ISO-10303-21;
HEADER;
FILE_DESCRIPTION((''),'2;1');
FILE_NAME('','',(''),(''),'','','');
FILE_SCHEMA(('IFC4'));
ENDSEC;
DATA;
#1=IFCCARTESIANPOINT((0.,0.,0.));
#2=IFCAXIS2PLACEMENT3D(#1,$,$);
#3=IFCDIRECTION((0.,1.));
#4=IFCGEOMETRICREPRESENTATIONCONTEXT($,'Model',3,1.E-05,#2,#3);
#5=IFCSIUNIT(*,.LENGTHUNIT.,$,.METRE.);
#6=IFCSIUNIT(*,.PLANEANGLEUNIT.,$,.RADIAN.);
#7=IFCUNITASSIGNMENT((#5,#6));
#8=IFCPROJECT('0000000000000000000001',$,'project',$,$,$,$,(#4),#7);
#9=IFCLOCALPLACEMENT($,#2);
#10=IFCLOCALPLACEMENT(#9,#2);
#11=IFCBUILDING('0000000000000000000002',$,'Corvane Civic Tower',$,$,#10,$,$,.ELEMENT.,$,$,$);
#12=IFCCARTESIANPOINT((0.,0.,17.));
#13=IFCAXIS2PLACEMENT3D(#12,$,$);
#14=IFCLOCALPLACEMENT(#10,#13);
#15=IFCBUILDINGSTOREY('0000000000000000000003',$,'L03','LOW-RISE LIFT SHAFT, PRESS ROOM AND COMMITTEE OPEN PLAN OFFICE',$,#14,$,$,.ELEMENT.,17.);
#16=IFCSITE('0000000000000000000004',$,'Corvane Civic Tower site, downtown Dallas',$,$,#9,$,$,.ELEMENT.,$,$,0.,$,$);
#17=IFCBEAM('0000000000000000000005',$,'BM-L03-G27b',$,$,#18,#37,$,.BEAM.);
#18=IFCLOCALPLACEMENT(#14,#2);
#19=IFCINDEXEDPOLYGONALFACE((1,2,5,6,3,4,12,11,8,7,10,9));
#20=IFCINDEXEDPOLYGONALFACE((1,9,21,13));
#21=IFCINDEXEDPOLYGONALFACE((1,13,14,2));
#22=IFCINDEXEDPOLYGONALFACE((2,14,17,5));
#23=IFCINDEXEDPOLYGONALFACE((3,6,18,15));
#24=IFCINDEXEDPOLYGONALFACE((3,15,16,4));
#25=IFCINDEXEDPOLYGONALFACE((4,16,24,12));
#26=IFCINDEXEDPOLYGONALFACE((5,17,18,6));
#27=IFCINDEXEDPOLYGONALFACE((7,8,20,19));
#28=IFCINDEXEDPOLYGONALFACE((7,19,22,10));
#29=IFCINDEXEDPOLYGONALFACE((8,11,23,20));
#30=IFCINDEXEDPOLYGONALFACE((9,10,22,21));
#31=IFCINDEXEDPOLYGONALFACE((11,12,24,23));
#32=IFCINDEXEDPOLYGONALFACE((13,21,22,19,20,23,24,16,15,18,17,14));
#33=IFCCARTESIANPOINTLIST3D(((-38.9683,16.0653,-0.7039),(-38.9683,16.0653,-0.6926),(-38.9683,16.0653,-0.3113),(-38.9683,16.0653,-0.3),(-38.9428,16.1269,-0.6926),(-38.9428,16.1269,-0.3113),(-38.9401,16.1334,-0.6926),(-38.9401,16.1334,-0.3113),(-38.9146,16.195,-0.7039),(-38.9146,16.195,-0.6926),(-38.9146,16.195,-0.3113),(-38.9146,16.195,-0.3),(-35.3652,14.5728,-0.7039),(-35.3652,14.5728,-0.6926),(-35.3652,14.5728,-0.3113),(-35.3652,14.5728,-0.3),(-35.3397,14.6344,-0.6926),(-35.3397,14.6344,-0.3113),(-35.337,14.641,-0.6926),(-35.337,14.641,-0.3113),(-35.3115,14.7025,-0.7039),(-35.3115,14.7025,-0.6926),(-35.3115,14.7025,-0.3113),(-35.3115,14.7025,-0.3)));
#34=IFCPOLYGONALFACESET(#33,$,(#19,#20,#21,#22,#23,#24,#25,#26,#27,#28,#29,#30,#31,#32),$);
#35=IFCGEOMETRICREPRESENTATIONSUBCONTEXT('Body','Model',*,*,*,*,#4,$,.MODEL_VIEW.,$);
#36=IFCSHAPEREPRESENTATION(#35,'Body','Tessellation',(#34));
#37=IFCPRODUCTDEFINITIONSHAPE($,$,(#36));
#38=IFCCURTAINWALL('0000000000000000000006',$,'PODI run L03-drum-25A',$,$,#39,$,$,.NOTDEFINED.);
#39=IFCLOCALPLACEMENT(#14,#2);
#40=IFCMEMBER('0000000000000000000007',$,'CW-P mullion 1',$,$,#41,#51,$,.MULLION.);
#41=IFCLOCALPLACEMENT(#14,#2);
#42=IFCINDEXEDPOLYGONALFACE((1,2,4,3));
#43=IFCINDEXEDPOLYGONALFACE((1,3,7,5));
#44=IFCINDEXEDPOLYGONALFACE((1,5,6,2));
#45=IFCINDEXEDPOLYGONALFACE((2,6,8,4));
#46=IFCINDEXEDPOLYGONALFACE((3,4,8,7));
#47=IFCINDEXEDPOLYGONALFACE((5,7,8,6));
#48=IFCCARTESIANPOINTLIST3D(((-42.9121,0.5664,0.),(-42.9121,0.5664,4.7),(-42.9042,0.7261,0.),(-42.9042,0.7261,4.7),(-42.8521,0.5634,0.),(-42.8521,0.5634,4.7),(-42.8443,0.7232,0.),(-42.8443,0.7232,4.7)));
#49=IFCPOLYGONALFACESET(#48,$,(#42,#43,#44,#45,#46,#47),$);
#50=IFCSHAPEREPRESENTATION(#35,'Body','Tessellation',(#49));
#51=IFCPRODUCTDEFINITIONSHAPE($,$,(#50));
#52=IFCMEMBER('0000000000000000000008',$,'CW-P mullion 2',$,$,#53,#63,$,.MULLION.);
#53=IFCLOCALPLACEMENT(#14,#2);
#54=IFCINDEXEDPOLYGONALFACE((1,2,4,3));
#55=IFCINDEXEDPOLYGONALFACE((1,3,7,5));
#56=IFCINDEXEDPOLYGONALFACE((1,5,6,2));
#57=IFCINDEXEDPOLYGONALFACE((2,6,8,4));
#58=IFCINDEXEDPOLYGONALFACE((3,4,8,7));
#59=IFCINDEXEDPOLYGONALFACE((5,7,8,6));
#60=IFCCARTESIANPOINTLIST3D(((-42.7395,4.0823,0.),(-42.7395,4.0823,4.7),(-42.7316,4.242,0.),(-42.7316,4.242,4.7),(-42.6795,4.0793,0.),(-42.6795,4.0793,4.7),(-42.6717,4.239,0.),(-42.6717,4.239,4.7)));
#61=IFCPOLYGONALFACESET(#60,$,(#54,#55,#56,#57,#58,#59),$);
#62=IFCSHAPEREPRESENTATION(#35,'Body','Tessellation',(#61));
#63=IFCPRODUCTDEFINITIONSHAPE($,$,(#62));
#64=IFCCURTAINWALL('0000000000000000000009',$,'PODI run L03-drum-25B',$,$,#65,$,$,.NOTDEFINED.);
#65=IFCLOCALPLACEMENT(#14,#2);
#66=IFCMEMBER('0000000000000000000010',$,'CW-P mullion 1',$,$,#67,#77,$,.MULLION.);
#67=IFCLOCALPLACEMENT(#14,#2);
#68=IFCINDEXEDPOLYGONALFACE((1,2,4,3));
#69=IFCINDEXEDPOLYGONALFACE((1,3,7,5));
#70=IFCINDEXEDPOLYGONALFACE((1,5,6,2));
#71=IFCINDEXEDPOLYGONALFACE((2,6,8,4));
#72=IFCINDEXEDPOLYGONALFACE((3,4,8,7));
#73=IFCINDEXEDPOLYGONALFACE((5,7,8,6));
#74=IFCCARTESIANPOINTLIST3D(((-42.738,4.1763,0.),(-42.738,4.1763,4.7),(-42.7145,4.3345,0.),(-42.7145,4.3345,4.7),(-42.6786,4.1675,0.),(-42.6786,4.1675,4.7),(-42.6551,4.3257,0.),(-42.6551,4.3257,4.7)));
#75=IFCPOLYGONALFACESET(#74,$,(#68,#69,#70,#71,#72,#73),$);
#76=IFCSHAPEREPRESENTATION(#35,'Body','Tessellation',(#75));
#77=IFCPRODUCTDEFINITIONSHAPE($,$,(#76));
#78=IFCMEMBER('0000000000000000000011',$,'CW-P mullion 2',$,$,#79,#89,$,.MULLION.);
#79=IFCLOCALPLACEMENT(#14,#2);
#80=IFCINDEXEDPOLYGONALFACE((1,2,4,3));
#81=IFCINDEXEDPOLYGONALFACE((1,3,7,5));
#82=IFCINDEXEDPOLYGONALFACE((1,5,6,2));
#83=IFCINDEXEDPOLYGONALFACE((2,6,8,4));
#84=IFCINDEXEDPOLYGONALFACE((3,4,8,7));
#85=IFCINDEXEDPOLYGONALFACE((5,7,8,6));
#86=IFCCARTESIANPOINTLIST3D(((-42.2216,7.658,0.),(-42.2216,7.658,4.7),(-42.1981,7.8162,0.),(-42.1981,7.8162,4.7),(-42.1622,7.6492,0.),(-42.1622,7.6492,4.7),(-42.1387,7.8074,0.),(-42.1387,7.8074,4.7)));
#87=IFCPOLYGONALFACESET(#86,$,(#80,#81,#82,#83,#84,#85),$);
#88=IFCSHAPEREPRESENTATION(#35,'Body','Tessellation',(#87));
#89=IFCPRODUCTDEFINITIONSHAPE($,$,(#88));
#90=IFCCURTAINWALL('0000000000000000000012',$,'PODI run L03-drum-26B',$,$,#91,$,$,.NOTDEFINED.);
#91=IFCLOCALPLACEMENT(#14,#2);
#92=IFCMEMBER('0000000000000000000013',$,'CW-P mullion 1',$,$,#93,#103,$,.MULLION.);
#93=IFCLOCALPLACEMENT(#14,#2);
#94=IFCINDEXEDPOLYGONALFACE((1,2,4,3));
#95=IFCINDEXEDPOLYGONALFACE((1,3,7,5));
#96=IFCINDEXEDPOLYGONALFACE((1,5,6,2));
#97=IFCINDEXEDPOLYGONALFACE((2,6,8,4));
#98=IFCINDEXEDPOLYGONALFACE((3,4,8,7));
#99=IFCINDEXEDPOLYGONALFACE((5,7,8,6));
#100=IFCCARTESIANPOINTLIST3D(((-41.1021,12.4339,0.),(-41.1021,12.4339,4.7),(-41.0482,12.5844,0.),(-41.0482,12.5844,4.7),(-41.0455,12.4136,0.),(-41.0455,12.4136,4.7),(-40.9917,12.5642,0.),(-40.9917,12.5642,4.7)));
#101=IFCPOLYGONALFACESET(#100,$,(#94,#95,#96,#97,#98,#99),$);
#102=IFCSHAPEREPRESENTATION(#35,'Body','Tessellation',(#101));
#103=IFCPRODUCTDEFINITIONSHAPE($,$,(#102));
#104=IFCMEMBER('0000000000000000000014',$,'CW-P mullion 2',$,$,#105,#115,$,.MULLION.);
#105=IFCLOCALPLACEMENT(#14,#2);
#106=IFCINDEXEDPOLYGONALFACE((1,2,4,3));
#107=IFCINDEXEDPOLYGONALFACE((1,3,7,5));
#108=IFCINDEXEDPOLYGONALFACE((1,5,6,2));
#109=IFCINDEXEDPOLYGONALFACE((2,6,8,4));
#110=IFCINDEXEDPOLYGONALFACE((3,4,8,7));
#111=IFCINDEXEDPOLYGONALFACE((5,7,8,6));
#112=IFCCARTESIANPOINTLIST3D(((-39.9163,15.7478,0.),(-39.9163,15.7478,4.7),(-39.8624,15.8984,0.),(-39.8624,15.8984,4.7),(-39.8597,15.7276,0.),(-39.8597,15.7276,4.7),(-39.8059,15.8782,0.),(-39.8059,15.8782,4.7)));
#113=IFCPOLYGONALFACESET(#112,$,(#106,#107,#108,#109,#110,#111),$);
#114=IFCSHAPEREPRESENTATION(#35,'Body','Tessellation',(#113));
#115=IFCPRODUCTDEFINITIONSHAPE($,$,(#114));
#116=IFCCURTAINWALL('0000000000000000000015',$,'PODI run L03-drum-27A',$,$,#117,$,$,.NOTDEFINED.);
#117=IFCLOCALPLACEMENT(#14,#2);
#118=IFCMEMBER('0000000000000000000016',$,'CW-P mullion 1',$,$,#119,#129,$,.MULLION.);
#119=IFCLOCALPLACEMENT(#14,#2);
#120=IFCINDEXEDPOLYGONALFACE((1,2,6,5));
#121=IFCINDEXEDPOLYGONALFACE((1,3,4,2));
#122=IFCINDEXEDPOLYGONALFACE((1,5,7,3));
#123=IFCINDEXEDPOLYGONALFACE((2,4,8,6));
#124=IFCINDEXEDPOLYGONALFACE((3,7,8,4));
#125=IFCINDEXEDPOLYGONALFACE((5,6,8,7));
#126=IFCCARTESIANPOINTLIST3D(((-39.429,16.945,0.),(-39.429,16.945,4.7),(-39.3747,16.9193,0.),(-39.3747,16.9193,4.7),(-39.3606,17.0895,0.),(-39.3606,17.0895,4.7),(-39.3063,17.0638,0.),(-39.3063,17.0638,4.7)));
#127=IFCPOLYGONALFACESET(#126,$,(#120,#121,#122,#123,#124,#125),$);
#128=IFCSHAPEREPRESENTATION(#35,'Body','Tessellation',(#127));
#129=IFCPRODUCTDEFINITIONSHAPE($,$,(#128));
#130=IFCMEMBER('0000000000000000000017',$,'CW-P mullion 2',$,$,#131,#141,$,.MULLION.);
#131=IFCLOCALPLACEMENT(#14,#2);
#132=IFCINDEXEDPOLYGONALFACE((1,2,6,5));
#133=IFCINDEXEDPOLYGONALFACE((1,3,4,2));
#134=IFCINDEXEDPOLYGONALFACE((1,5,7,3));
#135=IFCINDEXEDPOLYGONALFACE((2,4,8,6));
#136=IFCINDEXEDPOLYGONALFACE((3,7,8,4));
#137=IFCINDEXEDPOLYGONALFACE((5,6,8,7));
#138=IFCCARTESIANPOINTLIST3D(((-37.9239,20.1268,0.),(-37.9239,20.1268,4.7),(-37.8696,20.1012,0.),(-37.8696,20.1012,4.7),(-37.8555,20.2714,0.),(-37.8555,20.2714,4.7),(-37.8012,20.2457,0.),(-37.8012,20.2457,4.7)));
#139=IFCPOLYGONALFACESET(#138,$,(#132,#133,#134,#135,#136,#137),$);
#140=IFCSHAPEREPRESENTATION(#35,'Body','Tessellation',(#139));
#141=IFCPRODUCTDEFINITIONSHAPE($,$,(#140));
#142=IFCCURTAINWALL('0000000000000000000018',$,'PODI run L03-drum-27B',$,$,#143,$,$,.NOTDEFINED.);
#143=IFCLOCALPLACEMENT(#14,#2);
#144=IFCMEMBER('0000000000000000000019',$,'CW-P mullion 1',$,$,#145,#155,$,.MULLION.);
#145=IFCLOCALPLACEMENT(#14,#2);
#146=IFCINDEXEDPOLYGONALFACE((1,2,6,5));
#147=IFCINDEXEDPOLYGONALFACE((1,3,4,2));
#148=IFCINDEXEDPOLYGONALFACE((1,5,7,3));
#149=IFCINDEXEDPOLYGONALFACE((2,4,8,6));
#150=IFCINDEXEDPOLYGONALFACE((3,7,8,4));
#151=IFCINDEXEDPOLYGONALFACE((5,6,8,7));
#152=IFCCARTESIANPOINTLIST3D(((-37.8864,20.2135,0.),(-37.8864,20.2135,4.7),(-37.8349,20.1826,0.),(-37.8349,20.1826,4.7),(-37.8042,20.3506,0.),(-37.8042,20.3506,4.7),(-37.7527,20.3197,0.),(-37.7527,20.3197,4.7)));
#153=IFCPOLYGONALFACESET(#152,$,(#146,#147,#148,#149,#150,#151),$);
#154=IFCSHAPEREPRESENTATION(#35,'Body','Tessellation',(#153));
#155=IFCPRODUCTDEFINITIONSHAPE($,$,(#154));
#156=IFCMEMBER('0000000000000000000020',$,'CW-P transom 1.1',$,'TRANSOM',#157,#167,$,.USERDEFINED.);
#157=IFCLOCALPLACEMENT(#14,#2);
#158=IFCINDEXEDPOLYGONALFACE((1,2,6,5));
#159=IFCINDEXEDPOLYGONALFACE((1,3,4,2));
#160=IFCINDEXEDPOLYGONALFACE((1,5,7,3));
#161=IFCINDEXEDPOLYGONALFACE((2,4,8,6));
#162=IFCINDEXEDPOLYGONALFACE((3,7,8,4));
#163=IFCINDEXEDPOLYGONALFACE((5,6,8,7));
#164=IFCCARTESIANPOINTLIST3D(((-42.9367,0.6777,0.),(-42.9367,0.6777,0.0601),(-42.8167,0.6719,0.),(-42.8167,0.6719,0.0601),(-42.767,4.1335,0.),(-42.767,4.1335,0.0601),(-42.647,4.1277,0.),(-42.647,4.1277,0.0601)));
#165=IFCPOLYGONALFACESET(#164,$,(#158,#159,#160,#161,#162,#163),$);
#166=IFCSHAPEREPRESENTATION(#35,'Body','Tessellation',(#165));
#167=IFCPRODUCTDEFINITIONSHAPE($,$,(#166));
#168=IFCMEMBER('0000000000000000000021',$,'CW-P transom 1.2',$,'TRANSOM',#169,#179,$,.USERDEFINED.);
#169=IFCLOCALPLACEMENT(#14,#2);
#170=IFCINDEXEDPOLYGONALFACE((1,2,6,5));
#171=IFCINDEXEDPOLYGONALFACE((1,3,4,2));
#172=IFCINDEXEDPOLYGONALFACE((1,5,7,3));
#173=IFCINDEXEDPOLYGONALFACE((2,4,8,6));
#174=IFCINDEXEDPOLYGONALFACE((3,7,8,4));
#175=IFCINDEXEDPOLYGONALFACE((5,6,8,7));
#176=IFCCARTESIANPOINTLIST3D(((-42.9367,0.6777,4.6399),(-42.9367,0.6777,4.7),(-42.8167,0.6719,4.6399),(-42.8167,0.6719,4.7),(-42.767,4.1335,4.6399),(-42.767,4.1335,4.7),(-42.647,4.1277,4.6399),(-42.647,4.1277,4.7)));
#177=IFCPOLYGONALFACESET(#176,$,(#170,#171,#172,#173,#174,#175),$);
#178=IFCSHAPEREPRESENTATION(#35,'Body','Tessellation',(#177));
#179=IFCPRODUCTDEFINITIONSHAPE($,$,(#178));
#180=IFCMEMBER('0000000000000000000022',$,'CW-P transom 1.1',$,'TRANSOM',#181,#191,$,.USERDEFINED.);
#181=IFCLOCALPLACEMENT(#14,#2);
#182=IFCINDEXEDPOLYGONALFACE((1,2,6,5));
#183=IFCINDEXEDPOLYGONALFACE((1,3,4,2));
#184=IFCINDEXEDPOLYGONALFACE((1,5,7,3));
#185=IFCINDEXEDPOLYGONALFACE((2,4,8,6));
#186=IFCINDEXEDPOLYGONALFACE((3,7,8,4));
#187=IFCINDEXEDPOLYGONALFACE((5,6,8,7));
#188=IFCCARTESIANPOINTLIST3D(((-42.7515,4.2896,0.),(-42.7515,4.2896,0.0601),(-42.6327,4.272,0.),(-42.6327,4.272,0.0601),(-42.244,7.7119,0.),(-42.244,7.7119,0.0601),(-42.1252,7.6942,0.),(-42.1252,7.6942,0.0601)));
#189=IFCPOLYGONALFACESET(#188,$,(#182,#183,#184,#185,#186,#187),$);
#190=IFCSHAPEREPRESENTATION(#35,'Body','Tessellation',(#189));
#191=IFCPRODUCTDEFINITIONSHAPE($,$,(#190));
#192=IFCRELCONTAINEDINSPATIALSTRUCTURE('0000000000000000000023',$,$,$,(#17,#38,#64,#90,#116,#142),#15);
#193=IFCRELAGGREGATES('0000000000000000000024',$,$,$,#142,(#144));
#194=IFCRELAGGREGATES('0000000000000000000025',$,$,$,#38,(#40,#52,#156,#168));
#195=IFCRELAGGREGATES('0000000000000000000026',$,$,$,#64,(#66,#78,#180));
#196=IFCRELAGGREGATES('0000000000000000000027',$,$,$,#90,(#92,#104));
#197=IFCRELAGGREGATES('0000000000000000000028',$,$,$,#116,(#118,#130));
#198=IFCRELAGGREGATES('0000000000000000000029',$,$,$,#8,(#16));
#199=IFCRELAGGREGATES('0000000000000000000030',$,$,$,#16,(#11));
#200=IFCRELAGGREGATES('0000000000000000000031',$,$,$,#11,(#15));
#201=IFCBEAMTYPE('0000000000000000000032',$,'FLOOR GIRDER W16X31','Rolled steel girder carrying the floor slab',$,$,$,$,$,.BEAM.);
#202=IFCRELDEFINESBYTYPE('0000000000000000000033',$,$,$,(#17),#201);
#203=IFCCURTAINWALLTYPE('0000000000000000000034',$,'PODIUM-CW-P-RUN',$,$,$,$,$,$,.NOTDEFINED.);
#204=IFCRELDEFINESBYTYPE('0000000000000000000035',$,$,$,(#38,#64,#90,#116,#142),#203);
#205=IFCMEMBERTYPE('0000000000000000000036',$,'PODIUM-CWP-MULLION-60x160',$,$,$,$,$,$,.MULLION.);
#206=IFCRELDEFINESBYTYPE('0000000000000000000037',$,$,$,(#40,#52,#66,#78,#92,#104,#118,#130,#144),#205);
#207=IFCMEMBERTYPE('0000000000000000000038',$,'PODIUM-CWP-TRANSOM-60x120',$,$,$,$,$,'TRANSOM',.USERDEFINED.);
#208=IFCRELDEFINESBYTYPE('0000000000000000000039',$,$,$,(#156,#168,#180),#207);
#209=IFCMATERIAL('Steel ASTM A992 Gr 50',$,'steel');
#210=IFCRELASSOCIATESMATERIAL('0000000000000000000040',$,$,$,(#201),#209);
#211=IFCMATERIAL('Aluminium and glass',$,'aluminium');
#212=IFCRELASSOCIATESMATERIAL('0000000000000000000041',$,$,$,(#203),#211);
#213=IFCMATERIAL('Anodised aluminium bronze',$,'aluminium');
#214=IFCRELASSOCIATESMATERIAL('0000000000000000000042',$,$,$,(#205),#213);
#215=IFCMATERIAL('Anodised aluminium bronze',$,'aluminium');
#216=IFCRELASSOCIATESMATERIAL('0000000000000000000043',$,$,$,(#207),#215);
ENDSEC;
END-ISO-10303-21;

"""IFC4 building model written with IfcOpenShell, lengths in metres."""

from ifc_helpers import new_model, si_unit, direction, frame, origin, origin_2d, place, context, subcontext, project, spatial, rectangle, i_section, extrude, material, material_profile, profile_set, type_object, element, aggregate, save


model = new_model("IFC4")

# Units and contexts
model_context = context("Model", 3, precision=1e-05, world=origin(), true_north=direction((0.0, 1.0)))
body_context = subcontext(model_context, "Body", "Model", "MODEL_VIEW")
ifc_project = project(units=[si_unit("LENGTHUNIT", "METRE"), si_unit("PLANEANGLEUNIT", "RADIAN")], contexts=[model_context])

# Site, building, storey
site_placement = place(None, origin())
site = spatial("IfcSite", under=ifc_project, at=site_placement, Name="Corvane Civic Tower site, downtown Dallas", CompositionType="ELEMENT", RefElevation=0.0)
building_placement = place(site_placement, origin())
building = spatial("IfcBuilding", under=site, at=building_placement, Name="Corvane Civic Tower", CompositionType="ELEMENT")
storey_placement = place(building_placement, frame((0.0, 0.0, 17.0)))
storey = spatial("IfcBuildingStorey", under=building, at=storey_placement, Name="L03", Description="LOW-RISE LIFT SHAFT, PRESS ROOM AND COMMITTEE OPEN PLAN OFFICE", CompositionType="ELEMENT", Elevation=17.0)

# Beam
ifc_material_1 = material(Name="Steel ASTM A992 Gr 50", Category="steel")
ifc_material_profile_1 = material_profile(ifc_material_1, i_section(OverallWidth=0.1404, OverallDepth=0.4038, WebThickness=0.0071, FlangeThickness=0.0112, at=origin_2d()), Name="W16X31")
ifc_profile_set_1 = profile_set([ifc_material_profile_1], Name="Steel ASTM A992 Gr 50")
beam_type_1 = type_object("IfcBeamType", Name="FLOOR GIRDER W16X31", Description="Rolled steel girder carrying the floor slab", PredefinedType="BEAM", material=ifc_profile_set_1)
for number, where, z_axis, x_axis, name in (
    (1, (-35.3384, 14.6377, -0.502), (-0.923879, 0.382685, 0.0), (-0.382685, -0.923879, 0.0), "BM-L03-G27b"),
):
    element("IfcBeam", number, at=place(storey_placement, frame(where, z_axis=z_axis, x_axis=x_axis)), inside=storey, type_object=beam_type_1, Name=name, PredefinedType="BEAM", context=body_context, shape_type="SweptSolid", body=[
        extrude(i_section(OverallWidth=0.1404, OverallDepth=0.4038, WebThickness=0.0071, FlangeThickness=0.0112, at=origin_2d()), origin(), (0.0, 0.0, 1.0), 3.8999),
    ])

# Curtain walls, members
ifc_material_2 = material(Name="Aluminium and glass", Category="aluminium")
curtain_wall_type = type_object("IfcCurtainWallType", Name="PODIUM-CW-P-RUN", PredefinedType="NOTDEFINED", material=ifc_material_2)
curtain_wall_1_placement = place(storey_placement, origin())
curtain_wall_1 = element("IfcCurtainWall", 2, at=curtain_wall_1_placement, inside=storey, type_object=curtain_wall_type, Name="PODI run L03-drum-25A", PredefinedType="NOTDEFINED")
ifc_material_3 = material(Name="Anodised aluminium bronze", Category="aluminium")
ifc_material_profile_2 = material_profile(ifc_material_3, rectangle(XDim=0.0601, YDim=0.1599, at=origin_2d()), Name="AL 60x160")
ifc_profile_set_2 = profile_set([ifc_material_profile_2], Name="Anodised aluminium bronze")
member_type_1 = type_object("IfcMemberType", Name="PODIUM-CWP-MULLION-60x160", PredefinedType="MULLION", material=ifc_profile_set_2)
member_1_placement = place(storey_placement, frame((-42.8782, 0.6448, 0.0), z_axis=(0.0, 0.0, 1.0), x_axis=(-0.998796, 0.04905, 0.0)))
member_1 = element("IfcMember", 3, at=member_1_placement, type_object=member_type_1, Name="CW-P mullion 1", PredefinedType="MULLION", context=body_context, shape_type="SweptSolid", body=[
    extrude(rectangle(XDim=0.0601, YDim=0.1599, at=origin_2d()), origin(), (0.0, 0.0, 1.0), 4.7),
])
member_2_placement = place(storey_placement, frame((-42.7056, 4.1606, 0.0), z_axis=(0.0, 0.0, 1.0), x_axis=(-0.998796, 0.04905, 0.0)))
member_2 = element("IfcMember", 4, at=member_2_placement, type_object=member_type_1, Name="CW-P mullion 2", PredefinedType="MULLION", context=body_context, shape_type="SweptSolid", body=[
    extrude(rectangle(XDim=0.0601, YDim=0.1599, at=origin_2d()), origin(), (0.0, 0.0, 1.0), 4.7),
])
curtain_wall_2_placement = place(storey_placement, origin())
curtain_wall_2 = element("IfcCurtainWall", 5, at=curtain_wall_2_placement, inside=storey, type_object=curtain_wall_type, Name="PODI run L03-drum-25B", PredefinedType="NOTDEFINED")
member_3_placement = place(storey_placement, frame((-42.6965, 4.251, 0.0), z_axis=(0.0, 0.0, 1.0), x_axis=(-0.989179, 0.146715, 0.0)))
member_3 = element("IfcMember", 6, at=member_3_placement, type_object=member_type_1, Name="CW-P mullion 1", PredefinedType="MULLION", context=body_context, shape_type="SweptSolid", body=[
    extrude(rectangle(XDim=0.0601, YDim=0.1599, at=origin_2d()), origin(), (0.0, 0.0, 1.0), 4.7),
])
member_4_placement = place(storey_placement, frame((-42.1802, 7.7327, 0.0), z_axis=(0.0, 0.0, 1.0), x_axis=(-0.989179, 0.146715, 0.0)))
member_4 = element("IfcMember", 7, at=member_4_placement, type_object=member_type_1, Name="CW-P mullion 2", PredefinedType="MULLION", context=body_context, shape_type="SweptSolid", body=[
    extrude(rectangle(XDim=0.0601, YDim=0.1599, at=origin_2d()), origin(), (0.0, 0.0, 1.0), 4.7),
])
curtain_wall_3_placement = place(storey_placement, origin())
curtain_wall_3 = element("IfcCurtainWall", 8, at=curtain_wall_3_placement, inside=storey, type_object=curtain_wall_type, Name="PODI run L03-drum-26B", PredefinedType="NOTDEFINED")
member_5_placement = place(storey_placement, frame((-41.0469, 12.499, 0.0), z_axis=(0.0, 0.0, 1.0), x_axis=(-0.941534, 0.336919, 0.0)))
member_5 = element("IfcMember", 9, at=member_5_placement, type_object=member_type_1, Name="CW-P mullion 1", PredefinedType="MULLION", context=body_context, shape_type="SweptSolid", body=[
    extrude(rectangle(XDim=0.0601, YDim=0.1599, at=origin_2d()), origin(), (0.0, 0.0, 1.0), 4.7),
])
member_6_placement = place(storey_placement, frame((-39.8611, 15.813, 0.0), z_axis=(0.0, 0.0, 1.0), x_axis=(-0.941534, 0.336919, 0.0)))
member_6 = element("IfcMember", 10, at=member_6_placement, type_object=member_type_1, Name="CW-P mullion 2", PredefinedType="MULLION", context=body_context, shape_type="SweptSolid", body=[
    extrude(rectangle(XDim=0.0601, YDim=0.1599, at=origin_2d()), origin(), (0.0, 0.0, 1.0), 4.7),
])
curtain_wall_4_placement = place(storey_placement, origin())
curtain_wall_4 = element("IfcCurtainWall", 11, at=curtain_wall_4_placement, inside=storey, type_object=curtain_wall_type, Name="PODI run L03-drum-27A", PredefinedType="NOTDEFINED")
member_7_placement = place(storey_placement, frame((-39.3677, 17.0044, 0.0), z_axis=(0.0, 0.0, 1.0), x_axis=(-0.90399, 0.427553, 0.0)))
member_7 = element("IfcMember", 12, at=member_7_placement, type_object=member_type_1, Name="CW-P mullion 1", PredefinedType="MULLION", context=body_context, shape_type="SweptSolid", body=[
    extrude(rectangle(XDim=0.0601, YDim=0.1599, at=origin_2d()), origin(), (0.0, 0.0, 1.0), 4.7),
])
member_8_placement = place(storey_placement, frame((-37.8625, 20.1863, 0.0), z_axis=(0.0, 0.0, 1.0), x_axis=(-0.90399, 0.427553, 0.0)))
member_8 = element("IfcMember", 13, at=member_8_placement, type_object=member_type_1, Name="CW-P mullion 2", PredefinedType="MULLION", context=body_context, shape_type="SweptSolid", body=[
    extrude(rectangle(XDim=0.0601, YDim=0.1599, at=origin_2d()), origin(), (0.0, 0.0, 1.0), 4.7),
])

# Curtain wall, member
curtain_wall_5_placement = place(storey_placement, origin())
curtain_wall_5 = element("IfcCurtainWall", 14, at=curtain_wall_5_placement, inside=storey, type_object=curtain_wall_type, Name="PODI run L03-drum-27B", PredefinedType="NOTDEFINED")
member_9_placement = place(storey_placement, frame((-37.8196, 20.2666, 0.0), z_axis=(0.0, 0.0, 1.0), x_axis=(-0.85772, 0.514118, 0.0)))
member_9 = element("IfcMember", 15, at=member_9_placement, type_object=member_type_1, Name="CW-P mullion 1", PredefinedType="MULLION", context=body_context, shape_type="SweptSolid", body=[
    extrude(rectangle(XDim=0.0601, YDim=0.1599, at=origin_2d()), origin(), (0.0, 0.0, 1.0), 4.7),
])

# Members
ifc_material_4 = material(Name="Anodised aluminium bronze", Category="aluminium")
ifc_material_profile_3 = material_profile(ifc_material_4, rectangle(XDim=0.1201, YDim=0.0601, at=origin_2d()), Name="AL 120x60")
ifc_profile_set_3 = profile_set([ifc_material_profile_3], Name="Anodised aluminium bronze")
member_type_2 = type_object("IfcMemberType", Name="PODIUM-CWP-TRANSOM-60x120", ElementType="TRANSOM", PredefinedType="USERDEFINED", material=ifc_profile_set_3)
member_10_placement = place(storey_placement, frame((-42.8767, 0.6748, 0.03), z_axis=(0.04904, 0.998797, 0.0), x_axis=(-0.998797, 0.04904, 0.0)))
member_10 = element("IfcMember", 16, at=member_10_placement, type_object=member_type_2, Name="CW-P transom 1.1", ObjectType="TRANSOM", PredefinedType="USERDEFINED", context=body_context, shape_type="SweptSolid", body=[
    extrude(rectangle(XDim=0.1201, YDim=0.0601, at=origin_2d()), origin(), (0.0, 0.0, 1.0), 3.46),
])
member_11_placement = place(storey_placement, frame((-42.8767, 0.6748, 4.6699), z_axis=(0.04904, 0.998797, 0.0), x_axis=(-0.998797, 0.04904, 0.0)))
member_11 = element("IfcMember", 17, at=member_11_placement, type_object=member_type_2, Name="CW-P transom 1.2", ObjectType="TRANSOM", PredefinedType="USERDEFINED", context=body_context, shape_type="SweptSolid", body=[
    extrude(rectangle(XDim=0.1201, YDim=0.0601, at=origin_2d()), origin(), (0.0, 0.0, 1.0), 3.46),
])
member_12_placement = place(storey_placement, frame((-42.6921, 4.2808, 0.03), z_axis=(0.146705, 0.98918, 0.0), x_axis=(-0.98918, 0.146705, 0.0)))
member_12 = element("IfcMember", 18, at=member_12_placement, type_object=member_type_2, Name="CW-P transom 1.1", ObjectType="TRANSOM", PredefinedType="USERDEFINED", context=body_context, shape_type="SweptSolid", body=[
    extrude(rectangle(XDim=0.1201, YDim=0.0601, at=origin_2d()), origin(), (0.0, 0.0, 1.0), 3.4597),
])
aggregate(curtain_wall_5, [member_9])

aggregate(curtain_wall_1, [member_1, member_2, member_10, member_11])
aggregate(curtain_wall_2, [member_3, member_4, member_12])
aggregate(curtain_wall_3, [member_5, member_6])
aggregate(curtain_wall_4, [member_7, member_8])

save(model, "model.ifc")
